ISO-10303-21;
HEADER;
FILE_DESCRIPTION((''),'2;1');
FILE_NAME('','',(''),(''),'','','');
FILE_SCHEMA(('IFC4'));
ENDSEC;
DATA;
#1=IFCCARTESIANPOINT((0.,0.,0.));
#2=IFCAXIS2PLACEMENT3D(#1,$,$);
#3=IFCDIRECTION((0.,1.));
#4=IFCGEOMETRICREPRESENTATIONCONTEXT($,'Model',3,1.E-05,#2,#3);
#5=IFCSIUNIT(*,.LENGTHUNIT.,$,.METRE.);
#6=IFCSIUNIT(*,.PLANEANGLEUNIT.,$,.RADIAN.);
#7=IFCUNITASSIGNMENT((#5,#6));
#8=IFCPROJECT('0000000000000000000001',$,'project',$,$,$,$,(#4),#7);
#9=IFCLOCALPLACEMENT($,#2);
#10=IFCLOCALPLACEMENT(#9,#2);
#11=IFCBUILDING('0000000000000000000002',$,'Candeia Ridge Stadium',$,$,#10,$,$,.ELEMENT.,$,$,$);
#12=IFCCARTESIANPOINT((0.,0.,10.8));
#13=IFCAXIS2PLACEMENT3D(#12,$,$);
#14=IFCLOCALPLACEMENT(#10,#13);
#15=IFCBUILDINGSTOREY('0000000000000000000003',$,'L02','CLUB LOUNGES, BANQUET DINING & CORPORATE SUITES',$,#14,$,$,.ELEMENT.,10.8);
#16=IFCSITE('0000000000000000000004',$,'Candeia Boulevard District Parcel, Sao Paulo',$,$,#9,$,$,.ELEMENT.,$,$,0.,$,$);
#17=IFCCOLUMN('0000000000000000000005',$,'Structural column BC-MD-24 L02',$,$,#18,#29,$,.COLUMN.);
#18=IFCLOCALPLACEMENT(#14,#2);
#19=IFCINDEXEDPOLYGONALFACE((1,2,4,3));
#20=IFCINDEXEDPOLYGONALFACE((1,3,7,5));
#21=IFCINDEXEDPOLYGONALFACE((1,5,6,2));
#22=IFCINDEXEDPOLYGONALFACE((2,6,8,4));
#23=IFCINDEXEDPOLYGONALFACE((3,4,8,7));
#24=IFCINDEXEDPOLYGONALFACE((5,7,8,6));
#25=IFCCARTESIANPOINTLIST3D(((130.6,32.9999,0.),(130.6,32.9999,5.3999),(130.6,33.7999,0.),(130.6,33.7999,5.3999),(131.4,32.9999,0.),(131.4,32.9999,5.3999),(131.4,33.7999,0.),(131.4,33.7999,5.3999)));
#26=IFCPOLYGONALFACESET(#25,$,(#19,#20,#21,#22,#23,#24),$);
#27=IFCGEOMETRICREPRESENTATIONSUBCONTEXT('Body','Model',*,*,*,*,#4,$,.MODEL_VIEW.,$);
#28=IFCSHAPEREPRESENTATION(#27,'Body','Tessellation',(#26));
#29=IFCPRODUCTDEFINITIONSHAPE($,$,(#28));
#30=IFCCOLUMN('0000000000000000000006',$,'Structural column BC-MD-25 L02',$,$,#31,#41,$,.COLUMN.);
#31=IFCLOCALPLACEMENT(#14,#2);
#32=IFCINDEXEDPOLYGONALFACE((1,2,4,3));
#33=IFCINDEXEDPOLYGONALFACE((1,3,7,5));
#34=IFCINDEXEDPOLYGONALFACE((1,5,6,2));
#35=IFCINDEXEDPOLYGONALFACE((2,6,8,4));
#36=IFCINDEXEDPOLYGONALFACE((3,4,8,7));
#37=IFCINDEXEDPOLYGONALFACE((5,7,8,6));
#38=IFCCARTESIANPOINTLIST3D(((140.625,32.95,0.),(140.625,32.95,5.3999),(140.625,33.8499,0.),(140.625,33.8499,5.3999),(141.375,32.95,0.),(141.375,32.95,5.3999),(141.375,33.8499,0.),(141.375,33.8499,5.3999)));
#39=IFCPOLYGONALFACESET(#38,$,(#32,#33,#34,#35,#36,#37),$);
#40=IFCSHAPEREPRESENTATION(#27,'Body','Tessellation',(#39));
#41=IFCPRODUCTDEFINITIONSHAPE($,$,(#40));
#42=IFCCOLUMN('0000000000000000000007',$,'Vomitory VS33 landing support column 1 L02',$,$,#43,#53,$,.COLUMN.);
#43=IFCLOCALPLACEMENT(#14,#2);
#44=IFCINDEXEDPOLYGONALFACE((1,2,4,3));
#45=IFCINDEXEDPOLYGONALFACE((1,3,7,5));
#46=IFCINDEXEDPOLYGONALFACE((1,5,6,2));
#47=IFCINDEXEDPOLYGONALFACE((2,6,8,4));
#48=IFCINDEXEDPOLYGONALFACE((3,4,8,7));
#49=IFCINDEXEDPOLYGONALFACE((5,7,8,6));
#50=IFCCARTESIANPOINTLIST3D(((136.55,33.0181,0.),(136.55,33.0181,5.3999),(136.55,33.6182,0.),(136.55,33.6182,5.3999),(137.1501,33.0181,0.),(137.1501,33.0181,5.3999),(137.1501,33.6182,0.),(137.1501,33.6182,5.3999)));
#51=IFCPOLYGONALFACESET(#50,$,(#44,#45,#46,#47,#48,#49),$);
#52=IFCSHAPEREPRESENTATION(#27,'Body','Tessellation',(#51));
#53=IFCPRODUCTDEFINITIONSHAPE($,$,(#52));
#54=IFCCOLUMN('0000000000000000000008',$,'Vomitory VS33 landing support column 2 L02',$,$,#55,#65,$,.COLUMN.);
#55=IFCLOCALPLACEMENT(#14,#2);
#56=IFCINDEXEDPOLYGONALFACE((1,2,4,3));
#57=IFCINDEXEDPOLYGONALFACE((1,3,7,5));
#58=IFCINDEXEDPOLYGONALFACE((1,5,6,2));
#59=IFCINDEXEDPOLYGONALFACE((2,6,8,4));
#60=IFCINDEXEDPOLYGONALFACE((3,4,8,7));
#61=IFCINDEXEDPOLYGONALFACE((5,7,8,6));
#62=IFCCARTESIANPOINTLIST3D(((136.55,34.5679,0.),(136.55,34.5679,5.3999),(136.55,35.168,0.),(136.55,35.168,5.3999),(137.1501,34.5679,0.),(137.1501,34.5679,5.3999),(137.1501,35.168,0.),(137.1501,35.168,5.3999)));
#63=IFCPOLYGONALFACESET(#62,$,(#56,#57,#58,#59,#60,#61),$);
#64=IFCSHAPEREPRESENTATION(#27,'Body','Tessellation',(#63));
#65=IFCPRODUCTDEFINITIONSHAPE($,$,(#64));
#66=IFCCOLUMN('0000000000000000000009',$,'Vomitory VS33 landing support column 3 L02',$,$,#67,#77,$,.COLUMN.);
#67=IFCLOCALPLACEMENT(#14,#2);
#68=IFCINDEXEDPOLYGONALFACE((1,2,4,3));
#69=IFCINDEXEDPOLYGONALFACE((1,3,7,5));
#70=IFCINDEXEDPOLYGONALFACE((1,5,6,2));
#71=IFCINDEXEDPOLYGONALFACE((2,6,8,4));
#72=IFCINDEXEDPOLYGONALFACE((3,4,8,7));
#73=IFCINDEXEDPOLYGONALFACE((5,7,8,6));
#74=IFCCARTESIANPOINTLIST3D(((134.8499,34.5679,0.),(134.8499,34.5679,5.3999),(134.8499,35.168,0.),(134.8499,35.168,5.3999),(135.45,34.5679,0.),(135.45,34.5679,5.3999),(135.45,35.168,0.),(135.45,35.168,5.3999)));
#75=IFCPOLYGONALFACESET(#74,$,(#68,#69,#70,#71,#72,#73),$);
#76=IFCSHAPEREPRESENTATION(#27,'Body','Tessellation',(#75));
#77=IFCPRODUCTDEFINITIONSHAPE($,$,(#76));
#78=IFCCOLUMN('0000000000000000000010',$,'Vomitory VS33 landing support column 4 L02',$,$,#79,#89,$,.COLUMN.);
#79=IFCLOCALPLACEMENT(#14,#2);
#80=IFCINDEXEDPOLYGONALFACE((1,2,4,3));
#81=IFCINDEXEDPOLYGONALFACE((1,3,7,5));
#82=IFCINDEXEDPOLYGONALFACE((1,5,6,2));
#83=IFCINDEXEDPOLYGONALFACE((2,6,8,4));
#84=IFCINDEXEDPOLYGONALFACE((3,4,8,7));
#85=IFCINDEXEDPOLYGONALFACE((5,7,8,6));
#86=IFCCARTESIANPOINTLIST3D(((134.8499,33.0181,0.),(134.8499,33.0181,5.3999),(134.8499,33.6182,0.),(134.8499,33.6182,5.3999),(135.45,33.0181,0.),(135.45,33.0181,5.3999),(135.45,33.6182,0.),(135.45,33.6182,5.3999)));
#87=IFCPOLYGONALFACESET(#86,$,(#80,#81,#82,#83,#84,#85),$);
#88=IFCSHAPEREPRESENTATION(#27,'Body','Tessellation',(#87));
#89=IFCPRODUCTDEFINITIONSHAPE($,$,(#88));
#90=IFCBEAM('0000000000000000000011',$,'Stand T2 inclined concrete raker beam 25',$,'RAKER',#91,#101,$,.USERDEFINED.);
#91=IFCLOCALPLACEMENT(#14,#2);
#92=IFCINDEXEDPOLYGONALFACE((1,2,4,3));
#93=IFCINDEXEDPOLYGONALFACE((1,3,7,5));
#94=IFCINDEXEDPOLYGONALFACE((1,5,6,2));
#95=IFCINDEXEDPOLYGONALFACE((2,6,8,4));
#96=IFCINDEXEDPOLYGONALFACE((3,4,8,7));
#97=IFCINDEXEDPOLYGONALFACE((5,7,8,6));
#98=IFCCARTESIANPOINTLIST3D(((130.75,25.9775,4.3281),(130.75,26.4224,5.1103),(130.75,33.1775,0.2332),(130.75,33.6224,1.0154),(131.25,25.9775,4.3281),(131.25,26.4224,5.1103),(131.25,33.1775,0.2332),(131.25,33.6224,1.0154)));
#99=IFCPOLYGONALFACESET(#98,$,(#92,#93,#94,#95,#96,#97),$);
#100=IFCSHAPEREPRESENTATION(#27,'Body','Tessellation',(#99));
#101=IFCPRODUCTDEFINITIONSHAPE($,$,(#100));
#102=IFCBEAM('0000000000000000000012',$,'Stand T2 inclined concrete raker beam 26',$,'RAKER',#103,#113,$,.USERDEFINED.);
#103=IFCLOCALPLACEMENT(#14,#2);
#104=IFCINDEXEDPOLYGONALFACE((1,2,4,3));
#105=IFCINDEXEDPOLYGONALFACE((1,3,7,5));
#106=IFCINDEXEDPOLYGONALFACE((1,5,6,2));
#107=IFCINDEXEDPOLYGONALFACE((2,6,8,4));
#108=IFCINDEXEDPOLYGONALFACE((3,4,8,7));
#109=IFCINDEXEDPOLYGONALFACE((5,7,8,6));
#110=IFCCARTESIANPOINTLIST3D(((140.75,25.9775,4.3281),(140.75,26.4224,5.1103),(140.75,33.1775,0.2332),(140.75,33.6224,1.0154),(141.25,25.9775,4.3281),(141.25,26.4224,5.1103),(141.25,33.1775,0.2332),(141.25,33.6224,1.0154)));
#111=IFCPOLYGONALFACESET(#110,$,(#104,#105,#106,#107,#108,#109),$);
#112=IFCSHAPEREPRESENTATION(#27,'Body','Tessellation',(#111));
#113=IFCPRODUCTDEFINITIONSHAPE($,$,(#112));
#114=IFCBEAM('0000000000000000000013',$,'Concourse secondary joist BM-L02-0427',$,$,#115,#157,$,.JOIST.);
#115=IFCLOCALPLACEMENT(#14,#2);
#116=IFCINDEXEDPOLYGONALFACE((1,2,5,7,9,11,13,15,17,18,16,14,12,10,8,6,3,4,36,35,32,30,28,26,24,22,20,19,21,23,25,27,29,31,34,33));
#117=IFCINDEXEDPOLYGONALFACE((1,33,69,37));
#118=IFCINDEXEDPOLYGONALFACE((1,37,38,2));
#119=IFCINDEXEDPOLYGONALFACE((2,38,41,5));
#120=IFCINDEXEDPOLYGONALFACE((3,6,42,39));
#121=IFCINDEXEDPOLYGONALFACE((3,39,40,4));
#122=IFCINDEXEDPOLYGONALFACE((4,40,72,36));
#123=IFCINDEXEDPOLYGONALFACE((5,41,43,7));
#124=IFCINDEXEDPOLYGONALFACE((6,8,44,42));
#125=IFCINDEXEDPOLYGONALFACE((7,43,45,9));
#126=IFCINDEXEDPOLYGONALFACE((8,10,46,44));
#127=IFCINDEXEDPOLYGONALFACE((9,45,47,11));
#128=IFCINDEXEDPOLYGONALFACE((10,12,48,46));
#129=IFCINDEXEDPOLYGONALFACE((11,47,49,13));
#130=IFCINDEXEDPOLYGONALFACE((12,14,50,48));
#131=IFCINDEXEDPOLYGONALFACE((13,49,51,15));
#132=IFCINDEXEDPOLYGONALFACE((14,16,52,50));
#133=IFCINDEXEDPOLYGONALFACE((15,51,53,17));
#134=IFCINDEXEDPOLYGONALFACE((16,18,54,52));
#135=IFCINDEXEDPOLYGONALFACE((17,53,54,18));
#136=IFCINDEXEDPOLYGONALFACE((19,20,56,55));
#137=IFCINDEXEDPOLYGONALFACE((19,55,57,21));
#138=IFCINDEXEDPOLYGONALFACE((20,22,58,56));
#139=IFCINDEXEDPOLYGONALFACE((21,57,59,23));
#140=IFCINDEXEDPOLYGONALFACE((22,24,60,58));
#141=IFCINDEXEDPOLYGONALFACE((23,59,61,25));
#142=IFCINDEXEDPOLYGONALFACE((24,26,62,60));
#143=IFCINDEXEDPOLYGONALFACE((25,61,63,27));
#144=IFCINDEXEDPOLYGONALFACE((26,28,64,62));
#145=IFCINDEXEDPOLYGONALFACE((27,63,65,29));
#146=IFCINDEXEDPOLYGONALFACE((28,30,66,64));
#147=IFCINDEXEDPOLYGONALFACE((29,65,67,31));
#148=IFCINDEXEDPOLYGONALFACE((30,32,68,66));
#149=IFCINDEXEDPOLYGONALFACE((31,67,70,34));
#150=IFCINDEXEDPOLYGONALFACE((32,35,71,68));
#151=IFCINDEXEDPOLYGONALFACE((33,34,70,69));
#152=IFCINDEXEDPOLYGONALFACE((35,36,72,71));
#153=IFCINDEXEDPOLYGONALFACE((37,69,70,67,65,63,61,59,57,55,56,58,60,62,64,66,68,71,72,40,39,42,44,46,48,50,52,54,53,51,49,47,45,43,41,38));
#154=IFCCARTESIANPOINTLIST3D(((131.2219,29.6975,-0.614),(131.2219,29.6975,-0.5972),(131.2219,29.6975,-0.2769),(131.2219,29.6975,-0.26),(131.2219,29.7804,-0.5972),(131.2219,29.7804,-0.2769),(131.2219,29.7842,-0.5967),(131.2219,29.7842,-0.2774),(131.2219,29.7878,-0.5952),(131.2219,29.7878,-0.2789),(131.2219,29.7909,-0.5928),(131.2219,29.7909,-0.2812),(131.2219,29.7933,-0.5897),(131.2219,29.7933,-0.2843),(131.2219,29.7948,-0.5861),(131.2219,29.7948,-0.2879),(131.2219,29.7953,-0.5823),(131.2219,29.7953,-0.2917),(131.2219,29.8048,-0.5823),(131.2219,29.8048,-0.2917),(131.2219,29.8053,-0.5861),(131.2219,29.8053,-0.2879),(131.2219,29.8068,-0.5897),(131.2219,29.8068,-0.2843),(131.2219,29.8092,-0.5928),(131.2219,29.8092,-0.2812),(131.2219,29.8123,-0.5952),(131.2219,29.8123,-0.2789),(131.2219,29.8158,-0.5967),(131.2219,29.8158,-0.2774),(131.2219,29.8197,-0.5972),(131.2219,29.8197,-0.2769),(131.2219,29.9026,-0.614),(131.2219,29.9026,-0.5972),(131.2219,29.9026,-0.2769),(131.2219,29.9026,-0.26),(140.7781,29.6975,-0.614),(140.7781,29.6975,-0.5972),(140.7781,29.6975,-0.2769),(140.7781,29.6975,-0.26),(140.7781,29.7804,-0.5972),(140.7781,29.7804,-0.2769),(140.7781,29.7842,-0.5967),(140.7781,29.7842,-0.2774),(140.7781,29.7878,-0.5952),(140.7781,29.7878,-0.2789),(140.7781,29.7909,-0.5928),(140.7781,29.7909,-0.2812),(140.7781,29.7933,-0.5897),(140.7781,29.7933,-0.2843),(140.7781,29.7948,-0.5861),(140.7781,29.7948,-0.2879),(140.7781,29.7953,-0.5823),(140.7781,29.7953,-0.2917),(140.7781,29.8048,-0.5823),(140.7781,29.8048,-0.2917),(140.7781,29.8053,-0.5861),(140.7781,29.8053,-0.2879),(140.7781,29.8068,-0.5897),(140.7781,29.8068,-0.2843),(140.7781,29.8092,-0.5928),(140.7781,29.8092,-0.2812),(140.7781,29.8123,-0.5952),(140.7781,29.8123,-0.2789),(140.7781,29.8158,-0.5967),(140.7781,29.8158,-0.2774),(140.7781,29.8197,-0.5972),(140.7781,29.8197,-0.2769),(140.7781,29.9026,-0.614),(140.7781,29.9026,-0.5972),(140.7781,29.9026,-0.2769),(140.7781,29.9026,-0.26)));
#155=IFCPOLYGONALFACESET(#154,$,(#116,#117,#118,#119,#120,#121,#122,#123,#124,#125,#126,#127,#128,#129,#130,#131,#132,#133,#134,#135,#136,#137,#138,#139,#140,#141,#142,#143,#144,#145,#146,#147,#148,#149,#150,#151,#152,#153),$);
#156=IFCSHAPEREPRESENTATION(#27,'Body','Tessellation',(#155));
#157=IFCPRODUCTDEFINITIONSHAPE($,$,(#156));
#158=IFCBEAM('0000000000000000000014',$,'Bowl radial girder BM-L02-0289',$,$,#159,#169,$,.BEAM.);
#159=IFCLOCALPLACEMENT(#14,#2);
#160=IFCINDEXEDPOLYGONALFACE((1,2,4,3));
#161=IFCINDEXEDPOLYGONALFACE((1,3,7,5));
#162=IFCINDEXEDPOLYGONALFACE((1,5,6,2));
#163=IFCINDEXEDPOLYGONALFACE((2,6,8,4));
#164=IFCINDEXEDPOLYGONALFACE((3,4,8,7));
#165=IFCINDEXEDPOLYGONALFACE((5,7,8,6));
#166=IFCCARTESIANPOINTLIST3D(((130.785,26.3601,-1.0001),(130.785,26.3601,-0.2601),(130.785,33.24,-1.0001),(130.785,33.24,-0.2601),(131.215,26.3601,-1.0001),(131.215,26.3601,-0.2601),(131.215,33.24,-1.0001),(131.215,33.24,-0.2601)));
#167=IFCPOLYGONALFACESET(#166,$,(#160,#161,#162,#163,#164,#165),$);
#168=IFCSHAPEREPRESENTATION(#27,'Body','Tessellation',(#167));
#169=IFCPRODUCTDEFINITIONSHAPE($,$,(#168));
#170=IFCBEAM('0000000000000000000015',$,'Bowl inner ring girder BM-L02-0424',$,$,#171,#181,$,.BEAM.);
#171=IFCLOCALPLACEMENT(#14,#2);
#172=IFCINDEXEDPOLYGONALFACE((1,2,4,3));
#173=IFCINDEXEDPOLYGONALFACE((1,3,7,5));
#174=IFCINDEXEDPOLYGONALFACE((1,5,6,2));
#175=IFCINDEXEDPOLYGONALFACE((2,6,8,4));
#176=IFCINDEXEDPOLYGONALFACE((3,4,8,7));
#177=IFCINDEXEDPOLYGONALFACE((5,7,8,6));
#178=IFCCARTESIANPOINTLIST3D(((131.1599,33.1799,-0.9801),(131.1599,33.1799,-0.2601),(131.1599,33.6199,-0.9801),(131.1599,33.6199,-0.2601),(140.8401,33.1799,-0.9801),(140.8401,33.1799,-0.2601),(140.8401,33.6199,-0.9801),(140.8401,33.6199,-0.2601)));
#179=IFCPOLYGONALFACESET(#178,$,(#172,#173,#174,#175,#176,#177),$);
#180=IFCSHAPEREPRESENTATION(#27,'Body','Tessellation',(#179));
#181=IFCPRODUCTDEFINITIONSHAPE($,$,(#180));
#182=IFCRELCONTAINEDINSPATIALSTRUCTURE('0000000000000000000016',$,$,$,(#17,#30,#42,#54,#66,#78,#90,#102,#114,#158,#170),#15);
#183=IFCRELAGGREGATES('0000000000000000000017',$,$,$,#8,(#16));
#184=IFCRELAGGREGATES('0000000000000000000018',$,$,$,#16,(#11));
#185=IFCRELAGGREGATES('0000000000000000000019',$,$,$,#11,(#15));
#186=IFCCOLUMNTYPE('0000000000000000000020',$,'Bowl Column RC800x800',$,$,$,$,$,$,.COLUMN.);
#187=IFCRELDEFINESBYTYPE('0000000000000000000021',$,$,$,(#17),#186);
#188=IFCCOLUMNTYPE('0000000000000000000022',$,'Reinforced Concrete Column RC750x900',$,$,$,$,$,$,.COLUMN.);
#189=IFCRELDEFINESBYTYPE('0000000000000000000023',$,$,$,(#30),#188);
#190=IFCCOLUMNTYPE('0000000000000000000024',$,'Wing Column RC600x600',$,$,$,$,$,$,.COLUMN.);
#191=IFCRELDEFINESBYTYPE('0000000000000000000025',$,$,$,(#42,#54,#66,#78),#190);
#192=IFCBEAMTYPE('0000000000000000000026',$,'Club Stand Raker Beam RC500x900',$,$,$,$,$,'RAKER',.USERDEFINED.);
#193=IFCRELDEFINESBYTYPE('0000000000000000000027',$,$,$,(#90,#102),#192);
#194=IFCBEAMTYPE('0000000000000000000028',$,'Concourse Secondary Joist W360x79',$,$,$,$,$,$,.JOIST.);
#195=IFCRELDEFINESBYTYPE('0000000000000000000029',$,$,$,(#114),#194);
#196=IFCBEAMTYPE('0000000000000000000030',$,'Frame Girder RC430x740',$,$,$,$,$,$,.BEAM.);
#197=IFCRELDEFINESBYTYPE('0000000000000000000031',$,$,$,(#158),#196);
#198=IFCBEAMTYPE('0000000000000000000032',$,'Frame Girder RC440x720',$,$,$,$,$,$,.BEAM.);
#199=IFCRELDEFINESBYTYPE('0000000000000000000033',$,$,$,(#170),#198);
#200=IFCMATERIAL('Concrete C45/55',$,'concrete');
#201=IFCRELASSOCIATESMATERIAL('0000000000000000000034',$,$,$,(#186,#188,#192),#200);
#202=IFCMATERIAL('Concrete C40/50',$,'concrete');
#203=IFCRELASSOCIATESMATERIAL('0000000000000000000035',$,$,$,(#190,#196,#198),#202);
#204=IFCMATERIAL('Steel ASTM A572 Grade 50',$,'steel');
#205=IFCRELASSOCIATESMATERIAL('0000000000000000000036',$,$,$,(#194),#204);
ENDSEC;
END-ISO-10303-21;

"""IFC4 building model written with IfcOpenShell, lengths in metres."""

from ifc_helpers import new_model, si_unit, direction, frame, origin, origin_2d, place, context, subcontext, project, spatial, rectangle, i_section, extrude, material, material_profile, profile_set, type_object, element, save


model = new_model("IFC4")

# Units and contexts
model_context = context("Model", 3, precision=1e-05, world=origin(), true_north=direction((0.0, 1.0)))
body_context = subcontext(model_context, "Body", "Model", "MODEL_VIEW")
ifc_project = project(units=[si_unit("LENGTHUNIT", "METRE"), si_unit("PLANEANGLEUNIT", "RADIAN")], contexts=[model_context])

# Site, building, storey
site_placement = place(None, origin())
site = spatial("IfcSite", under=ifc_project, at=site_placement, Name="Candeia Boulevard District Parcel, Sao Paulo", CompositionType="ELEMENT", RefElevation=0.0)
building_placement = place(site_placement, origin())
building = spatial("IfcBuilding", under=site, at=building_placement, Name="Candeia Ridge Stadium", CompositionType="ELEMENT")
storey_placement = place(building_placement, frame((0.0, 0.0, 10.8)))
storey = spatial("IfcBuildingStorey", under=building, at=storey_placement, Name="L02", Description="CLUB LOUNGES, BANQUET DINING & CORPORATE SUITES", CompositionType="ELEMENT", Elevation=10.8)

# Columns
ifc_material_1 = material(Name="Concrete C45/55", Category="concrete")
ifc_material_profile_1 = material_profile(ifc_material_1, rectangle(XDim=0.8, YDim=0.8, at=origin_2d()), Name="RC800x800", Category="concrete")
ifc_profile_set_1 = profile_set([ifc_material_profile_1], Name="Concrete C45/55")
column_type_1 = type_object("IfcColumnType", Name="Bowl Column RC800x800", PredefinedType="COLUMN", material=ifc_profile_set_1)
column_1_placement = place(storey_placement, frame((131.0, 33.3999, 0.0), z_axis=(0.0, 0.0, 1.0), x_axis=(1.0, 0.0, 0.0)))
element("IfcColumn", 1, at=column_1_placement, inside=storey, type_object=column_type_1, Name="Structural column BC-MD-24 L02", PredefinedType="COLUMN", context=body_context, shape_type="SweptSolid", body=[
    extrude(rectangle(XDim=0.8, YDim=0.8, at=origin_2d()), origin(), (0.0, 0.0, 1.0), 5.3999),
])
ifc_material_profile_2 = material_profile(ifc_material_1, rectangle(XDim=0.75, YDim=0.8999, at=origin_2d()), Name="RC750x900", Category="concrete")
ifc_profile_set_2 = profile_set([ifc_material_profile_2], Name="Concrete C45/55")
column_type_2 = type_object("IfcColumnType", Name="Reinforced Concrete Column RC750x900", PredefinedType="COLUMN", material=ifc_profile_set_2)
column_2_placement = place(storey_placement, frame((141.0, 33.3999, 0.0), z_axis=(0.0, 0.0, 1.0), x_axis=(1.0, 0.0, 0.0)))
element("IfcColumn", 2, at=column_2_placement, inside=storey, type_object=column_type_2, Name="Structural column BC-MD-25 L02", PredefinedType="COLUMN", context=body_context, shape_type="SweptSolid", body=[
    extrude(rectangle(XDim=0.75, YDim=0.8999, at=origin_2d()), origin(), (0.0, 0.0, 1.0), 5.3999),
])
ifc_material_2 = material(Name="Concrete C40/50", Category="concrete")
ifc_material_profile_3 = material_profile(ifc_material_2, rectangle(XDim=0.6001, YDim=0.6001, at=origin_2d()), Name="RC600x600", Category="concrete")
ifc_profile_set_3 = profile_set([ifc_material_profile_3], Name="Concrete C40/50")
column_type_3 = type_object("IfcColumnType", Name="Wing Column RC600x600", PredefinedType="COLUMN", material=ifc_profile_set_3)
for number, where, z_axis, x_axis, name in (
    (3, (136.8501, 33.3181, 0.0), (0.0, 0.0, 1.0), (1.0, 0.0, 0.0), "Vomitory VS33 landing support column 1 L02"),
    (4, (136.8501, 34.8679, 0.0), (0.0, 0.0, 1.0), (1.0, 0.0, 0.0), "Vomitory VS33 landing support column 2 L02"),
    (5, (135.1499, 34.8679, 0.0), (0.0, 0.0, 1.0), (1.0, 0.0, 0.0), "Vomitory VS33 landing support column 3 L02"),
    (6, (135.1499, 33.3181, 0.0), (0.0, 0.0, 1.0), (1.0, 0.0, 0.0), "Vomitory VS33 landing support column 4 L02"),
):
    element("IfcColumn", number, at=place(storey_placement, frame(where, z_axis=z_axis, x_axis=x_axis)), inside=storey, type_object=column_type_3, Name=name, PredefinedType="COLUMN", context=body_context, shape_type="SweptSolid", body=[
        extrude(rectangle(XDim=0.6001, YDim=0.6001, at=origin_2d()), origin(), (0.0, 0.0, 1.0), 5.3999),
    ])

# Beams
ifc_material_profile_4 = material_profile(ifc_material_1, rectangle(XDim=0.5, YDim=0.8999, at=origin_2d()), Name="RC500x900", Category="concrete")
ifc_profile_set_4 = profile_set([ifc_material_profile_4], Name="Concrete C45/55")
beam_type_1 = type_object("IfcBeamType", Name="Club Stand Raker Beam RC500x900", ElementType="RAKER", PredefinedType="USERDEFINED", material=ifc_profile_set_4)
for number, where, z_axis, x_axis, name in (
    (7, (131.0, 33.3999, 0.6243), (0.0, -0.869244, 0.494383), (1.0, 0.0, 0.0), "Stand T2 inclined concrete raker beam 25"),
    (8, (141.0, 33.3999, 0.6243), (0.0, -0.869244, 0.494383), (1.0, 0.0, 0.0), "Stand T2 inclined concrete raker beam 26"),
):
    element("IfcBeam", number, at=place(storey_placement, frame(where, z_axis=z_axis, x_axis=x_axis)), inside=storey, type_object=beam_type_1, Name=name, ObjectType="RAKER", PredefinedType="USERDEFINED", context=body_context, shape_type="SweptSolid", body=[
        extrude(rectangle(XDim=0.5, YDim=0.8999, at=origin_2d()), origin(), (0.0, 0.0, 1.0), 8.283),
    ])
ifc_material_3 = material(Name="Steel ASTM A572 Grade 50", Category="steel")
ifc_material_profile_5 = material_profile(ifc_material_3, i_section(OverallWidth=0.2051, OverallDepth=0.354, WebThickness=0.0095, FlangeThickness=0.0168, FilletRadius=0.0149, at=origin_2d()), Name="W360x79", Category="steel")
ifc_profile_set_5 = profile_set([ifc_material_profile_5], Name="Steel ASTM A572 Grade 50")
beam_type_2 = type_object("IfcBeamType", Name="Concourse Secondary Joist W360x79", PredefinedType="JOIST", material=ifc_profile_set_5)
beam_1_placement = place(storey_placement, frame((131.2219, 29.8, -0.437), z_axis=(1.0, 0.0, 0.0), x_axis=(0.0, 1.0, 0.0)))
element("IfcBeam", 9, at=beam_1_placement, inside=storey, type_object=beam_type_2, Name="Concourse secondary joist BM-L02-0427", PredefinedType="JOIST", context=body_context, shape_type="SweptSolid", body=[
    extrude(i_section(OverallWidth=0.2051, OverallDepth=0.354, WebThickness=0.0095, FlangeThickness=0.0168, FilletRadius=0.0149, at=origin_2d()), origin(), (0.0, 0.0, 1.0), 9.5562),
])
ifc_material_profile_6 = material_profile(ifc_material_2, rectangle(XDim=0.4299, YDim=0.74, at=origin_2d()), Name="RC430x740", Category="concrete")
ifc_profile_set_6 = profile_set([ifc_material_profile_6], Name="Concrete C40/50")
beam_type_3 = type_object("IfcBeamType", Name="Frame Girder RC430x740", PredefinedType="BEAM", material=ifc_profile_set_6)
beam_2_placement = place(storey_placement, frame((131.0, 33.24, -0.6301), z_axis=(0.0, -1.0, 0.0), x_axis=(1.0, 0.0, 0.0)))
element("IfcBeam", 10, at=beam_2_placement, inside=storey, type_object=beam_type_3, Name="Bowl radial girder BM-L02-0289", PredefinedType="BEAM", context=body_context, shape_type="SweptSolid", body=[
    extrude(rectangle(XDim=0.4299, YDim=0.74, at=origin_2d()), origin(), (0.0, 0.0, 1.0), 6.8799),
])
ifc_material_profile_7 = material_profile(ifc_material_2, rectangle(XDim=0.4399, YDim=0.72, at=origin_2d()), Name="RC440x720", Category="concrete")
ifc_profile_set_7 = profile_set([ifc_material_profile_7], Name="Concrete C40/50")
beam_type_4 = type_object("IfcBeamType", Name="Frame Girder RC440x720", PredefinedType="BEAM", material=ifc_profile_set_7)
beam_3_placement = place(storey_placement, frame((131.1599, 33.3999, -0.6201), z_axis=(1.0, 0.0, 0.0), x_axis=(0.0, 1.0, 0.0)))
element("IfcBeam", 11, at=beam_3_placement, inside=storey, type_object=beam_type_4, Name="Bowl inner ring girder BM-L02-0424", PredefinedType="BEAM", context=body_context, shape_type="SweptSolid", body=[
    extrude(rectangle(XDim=0.4399, YDim=0.72, at=origin_2d()), origin(), (0.0, 0.0, 1.0), 9.6802),
])

save(model, "model.ifc")
